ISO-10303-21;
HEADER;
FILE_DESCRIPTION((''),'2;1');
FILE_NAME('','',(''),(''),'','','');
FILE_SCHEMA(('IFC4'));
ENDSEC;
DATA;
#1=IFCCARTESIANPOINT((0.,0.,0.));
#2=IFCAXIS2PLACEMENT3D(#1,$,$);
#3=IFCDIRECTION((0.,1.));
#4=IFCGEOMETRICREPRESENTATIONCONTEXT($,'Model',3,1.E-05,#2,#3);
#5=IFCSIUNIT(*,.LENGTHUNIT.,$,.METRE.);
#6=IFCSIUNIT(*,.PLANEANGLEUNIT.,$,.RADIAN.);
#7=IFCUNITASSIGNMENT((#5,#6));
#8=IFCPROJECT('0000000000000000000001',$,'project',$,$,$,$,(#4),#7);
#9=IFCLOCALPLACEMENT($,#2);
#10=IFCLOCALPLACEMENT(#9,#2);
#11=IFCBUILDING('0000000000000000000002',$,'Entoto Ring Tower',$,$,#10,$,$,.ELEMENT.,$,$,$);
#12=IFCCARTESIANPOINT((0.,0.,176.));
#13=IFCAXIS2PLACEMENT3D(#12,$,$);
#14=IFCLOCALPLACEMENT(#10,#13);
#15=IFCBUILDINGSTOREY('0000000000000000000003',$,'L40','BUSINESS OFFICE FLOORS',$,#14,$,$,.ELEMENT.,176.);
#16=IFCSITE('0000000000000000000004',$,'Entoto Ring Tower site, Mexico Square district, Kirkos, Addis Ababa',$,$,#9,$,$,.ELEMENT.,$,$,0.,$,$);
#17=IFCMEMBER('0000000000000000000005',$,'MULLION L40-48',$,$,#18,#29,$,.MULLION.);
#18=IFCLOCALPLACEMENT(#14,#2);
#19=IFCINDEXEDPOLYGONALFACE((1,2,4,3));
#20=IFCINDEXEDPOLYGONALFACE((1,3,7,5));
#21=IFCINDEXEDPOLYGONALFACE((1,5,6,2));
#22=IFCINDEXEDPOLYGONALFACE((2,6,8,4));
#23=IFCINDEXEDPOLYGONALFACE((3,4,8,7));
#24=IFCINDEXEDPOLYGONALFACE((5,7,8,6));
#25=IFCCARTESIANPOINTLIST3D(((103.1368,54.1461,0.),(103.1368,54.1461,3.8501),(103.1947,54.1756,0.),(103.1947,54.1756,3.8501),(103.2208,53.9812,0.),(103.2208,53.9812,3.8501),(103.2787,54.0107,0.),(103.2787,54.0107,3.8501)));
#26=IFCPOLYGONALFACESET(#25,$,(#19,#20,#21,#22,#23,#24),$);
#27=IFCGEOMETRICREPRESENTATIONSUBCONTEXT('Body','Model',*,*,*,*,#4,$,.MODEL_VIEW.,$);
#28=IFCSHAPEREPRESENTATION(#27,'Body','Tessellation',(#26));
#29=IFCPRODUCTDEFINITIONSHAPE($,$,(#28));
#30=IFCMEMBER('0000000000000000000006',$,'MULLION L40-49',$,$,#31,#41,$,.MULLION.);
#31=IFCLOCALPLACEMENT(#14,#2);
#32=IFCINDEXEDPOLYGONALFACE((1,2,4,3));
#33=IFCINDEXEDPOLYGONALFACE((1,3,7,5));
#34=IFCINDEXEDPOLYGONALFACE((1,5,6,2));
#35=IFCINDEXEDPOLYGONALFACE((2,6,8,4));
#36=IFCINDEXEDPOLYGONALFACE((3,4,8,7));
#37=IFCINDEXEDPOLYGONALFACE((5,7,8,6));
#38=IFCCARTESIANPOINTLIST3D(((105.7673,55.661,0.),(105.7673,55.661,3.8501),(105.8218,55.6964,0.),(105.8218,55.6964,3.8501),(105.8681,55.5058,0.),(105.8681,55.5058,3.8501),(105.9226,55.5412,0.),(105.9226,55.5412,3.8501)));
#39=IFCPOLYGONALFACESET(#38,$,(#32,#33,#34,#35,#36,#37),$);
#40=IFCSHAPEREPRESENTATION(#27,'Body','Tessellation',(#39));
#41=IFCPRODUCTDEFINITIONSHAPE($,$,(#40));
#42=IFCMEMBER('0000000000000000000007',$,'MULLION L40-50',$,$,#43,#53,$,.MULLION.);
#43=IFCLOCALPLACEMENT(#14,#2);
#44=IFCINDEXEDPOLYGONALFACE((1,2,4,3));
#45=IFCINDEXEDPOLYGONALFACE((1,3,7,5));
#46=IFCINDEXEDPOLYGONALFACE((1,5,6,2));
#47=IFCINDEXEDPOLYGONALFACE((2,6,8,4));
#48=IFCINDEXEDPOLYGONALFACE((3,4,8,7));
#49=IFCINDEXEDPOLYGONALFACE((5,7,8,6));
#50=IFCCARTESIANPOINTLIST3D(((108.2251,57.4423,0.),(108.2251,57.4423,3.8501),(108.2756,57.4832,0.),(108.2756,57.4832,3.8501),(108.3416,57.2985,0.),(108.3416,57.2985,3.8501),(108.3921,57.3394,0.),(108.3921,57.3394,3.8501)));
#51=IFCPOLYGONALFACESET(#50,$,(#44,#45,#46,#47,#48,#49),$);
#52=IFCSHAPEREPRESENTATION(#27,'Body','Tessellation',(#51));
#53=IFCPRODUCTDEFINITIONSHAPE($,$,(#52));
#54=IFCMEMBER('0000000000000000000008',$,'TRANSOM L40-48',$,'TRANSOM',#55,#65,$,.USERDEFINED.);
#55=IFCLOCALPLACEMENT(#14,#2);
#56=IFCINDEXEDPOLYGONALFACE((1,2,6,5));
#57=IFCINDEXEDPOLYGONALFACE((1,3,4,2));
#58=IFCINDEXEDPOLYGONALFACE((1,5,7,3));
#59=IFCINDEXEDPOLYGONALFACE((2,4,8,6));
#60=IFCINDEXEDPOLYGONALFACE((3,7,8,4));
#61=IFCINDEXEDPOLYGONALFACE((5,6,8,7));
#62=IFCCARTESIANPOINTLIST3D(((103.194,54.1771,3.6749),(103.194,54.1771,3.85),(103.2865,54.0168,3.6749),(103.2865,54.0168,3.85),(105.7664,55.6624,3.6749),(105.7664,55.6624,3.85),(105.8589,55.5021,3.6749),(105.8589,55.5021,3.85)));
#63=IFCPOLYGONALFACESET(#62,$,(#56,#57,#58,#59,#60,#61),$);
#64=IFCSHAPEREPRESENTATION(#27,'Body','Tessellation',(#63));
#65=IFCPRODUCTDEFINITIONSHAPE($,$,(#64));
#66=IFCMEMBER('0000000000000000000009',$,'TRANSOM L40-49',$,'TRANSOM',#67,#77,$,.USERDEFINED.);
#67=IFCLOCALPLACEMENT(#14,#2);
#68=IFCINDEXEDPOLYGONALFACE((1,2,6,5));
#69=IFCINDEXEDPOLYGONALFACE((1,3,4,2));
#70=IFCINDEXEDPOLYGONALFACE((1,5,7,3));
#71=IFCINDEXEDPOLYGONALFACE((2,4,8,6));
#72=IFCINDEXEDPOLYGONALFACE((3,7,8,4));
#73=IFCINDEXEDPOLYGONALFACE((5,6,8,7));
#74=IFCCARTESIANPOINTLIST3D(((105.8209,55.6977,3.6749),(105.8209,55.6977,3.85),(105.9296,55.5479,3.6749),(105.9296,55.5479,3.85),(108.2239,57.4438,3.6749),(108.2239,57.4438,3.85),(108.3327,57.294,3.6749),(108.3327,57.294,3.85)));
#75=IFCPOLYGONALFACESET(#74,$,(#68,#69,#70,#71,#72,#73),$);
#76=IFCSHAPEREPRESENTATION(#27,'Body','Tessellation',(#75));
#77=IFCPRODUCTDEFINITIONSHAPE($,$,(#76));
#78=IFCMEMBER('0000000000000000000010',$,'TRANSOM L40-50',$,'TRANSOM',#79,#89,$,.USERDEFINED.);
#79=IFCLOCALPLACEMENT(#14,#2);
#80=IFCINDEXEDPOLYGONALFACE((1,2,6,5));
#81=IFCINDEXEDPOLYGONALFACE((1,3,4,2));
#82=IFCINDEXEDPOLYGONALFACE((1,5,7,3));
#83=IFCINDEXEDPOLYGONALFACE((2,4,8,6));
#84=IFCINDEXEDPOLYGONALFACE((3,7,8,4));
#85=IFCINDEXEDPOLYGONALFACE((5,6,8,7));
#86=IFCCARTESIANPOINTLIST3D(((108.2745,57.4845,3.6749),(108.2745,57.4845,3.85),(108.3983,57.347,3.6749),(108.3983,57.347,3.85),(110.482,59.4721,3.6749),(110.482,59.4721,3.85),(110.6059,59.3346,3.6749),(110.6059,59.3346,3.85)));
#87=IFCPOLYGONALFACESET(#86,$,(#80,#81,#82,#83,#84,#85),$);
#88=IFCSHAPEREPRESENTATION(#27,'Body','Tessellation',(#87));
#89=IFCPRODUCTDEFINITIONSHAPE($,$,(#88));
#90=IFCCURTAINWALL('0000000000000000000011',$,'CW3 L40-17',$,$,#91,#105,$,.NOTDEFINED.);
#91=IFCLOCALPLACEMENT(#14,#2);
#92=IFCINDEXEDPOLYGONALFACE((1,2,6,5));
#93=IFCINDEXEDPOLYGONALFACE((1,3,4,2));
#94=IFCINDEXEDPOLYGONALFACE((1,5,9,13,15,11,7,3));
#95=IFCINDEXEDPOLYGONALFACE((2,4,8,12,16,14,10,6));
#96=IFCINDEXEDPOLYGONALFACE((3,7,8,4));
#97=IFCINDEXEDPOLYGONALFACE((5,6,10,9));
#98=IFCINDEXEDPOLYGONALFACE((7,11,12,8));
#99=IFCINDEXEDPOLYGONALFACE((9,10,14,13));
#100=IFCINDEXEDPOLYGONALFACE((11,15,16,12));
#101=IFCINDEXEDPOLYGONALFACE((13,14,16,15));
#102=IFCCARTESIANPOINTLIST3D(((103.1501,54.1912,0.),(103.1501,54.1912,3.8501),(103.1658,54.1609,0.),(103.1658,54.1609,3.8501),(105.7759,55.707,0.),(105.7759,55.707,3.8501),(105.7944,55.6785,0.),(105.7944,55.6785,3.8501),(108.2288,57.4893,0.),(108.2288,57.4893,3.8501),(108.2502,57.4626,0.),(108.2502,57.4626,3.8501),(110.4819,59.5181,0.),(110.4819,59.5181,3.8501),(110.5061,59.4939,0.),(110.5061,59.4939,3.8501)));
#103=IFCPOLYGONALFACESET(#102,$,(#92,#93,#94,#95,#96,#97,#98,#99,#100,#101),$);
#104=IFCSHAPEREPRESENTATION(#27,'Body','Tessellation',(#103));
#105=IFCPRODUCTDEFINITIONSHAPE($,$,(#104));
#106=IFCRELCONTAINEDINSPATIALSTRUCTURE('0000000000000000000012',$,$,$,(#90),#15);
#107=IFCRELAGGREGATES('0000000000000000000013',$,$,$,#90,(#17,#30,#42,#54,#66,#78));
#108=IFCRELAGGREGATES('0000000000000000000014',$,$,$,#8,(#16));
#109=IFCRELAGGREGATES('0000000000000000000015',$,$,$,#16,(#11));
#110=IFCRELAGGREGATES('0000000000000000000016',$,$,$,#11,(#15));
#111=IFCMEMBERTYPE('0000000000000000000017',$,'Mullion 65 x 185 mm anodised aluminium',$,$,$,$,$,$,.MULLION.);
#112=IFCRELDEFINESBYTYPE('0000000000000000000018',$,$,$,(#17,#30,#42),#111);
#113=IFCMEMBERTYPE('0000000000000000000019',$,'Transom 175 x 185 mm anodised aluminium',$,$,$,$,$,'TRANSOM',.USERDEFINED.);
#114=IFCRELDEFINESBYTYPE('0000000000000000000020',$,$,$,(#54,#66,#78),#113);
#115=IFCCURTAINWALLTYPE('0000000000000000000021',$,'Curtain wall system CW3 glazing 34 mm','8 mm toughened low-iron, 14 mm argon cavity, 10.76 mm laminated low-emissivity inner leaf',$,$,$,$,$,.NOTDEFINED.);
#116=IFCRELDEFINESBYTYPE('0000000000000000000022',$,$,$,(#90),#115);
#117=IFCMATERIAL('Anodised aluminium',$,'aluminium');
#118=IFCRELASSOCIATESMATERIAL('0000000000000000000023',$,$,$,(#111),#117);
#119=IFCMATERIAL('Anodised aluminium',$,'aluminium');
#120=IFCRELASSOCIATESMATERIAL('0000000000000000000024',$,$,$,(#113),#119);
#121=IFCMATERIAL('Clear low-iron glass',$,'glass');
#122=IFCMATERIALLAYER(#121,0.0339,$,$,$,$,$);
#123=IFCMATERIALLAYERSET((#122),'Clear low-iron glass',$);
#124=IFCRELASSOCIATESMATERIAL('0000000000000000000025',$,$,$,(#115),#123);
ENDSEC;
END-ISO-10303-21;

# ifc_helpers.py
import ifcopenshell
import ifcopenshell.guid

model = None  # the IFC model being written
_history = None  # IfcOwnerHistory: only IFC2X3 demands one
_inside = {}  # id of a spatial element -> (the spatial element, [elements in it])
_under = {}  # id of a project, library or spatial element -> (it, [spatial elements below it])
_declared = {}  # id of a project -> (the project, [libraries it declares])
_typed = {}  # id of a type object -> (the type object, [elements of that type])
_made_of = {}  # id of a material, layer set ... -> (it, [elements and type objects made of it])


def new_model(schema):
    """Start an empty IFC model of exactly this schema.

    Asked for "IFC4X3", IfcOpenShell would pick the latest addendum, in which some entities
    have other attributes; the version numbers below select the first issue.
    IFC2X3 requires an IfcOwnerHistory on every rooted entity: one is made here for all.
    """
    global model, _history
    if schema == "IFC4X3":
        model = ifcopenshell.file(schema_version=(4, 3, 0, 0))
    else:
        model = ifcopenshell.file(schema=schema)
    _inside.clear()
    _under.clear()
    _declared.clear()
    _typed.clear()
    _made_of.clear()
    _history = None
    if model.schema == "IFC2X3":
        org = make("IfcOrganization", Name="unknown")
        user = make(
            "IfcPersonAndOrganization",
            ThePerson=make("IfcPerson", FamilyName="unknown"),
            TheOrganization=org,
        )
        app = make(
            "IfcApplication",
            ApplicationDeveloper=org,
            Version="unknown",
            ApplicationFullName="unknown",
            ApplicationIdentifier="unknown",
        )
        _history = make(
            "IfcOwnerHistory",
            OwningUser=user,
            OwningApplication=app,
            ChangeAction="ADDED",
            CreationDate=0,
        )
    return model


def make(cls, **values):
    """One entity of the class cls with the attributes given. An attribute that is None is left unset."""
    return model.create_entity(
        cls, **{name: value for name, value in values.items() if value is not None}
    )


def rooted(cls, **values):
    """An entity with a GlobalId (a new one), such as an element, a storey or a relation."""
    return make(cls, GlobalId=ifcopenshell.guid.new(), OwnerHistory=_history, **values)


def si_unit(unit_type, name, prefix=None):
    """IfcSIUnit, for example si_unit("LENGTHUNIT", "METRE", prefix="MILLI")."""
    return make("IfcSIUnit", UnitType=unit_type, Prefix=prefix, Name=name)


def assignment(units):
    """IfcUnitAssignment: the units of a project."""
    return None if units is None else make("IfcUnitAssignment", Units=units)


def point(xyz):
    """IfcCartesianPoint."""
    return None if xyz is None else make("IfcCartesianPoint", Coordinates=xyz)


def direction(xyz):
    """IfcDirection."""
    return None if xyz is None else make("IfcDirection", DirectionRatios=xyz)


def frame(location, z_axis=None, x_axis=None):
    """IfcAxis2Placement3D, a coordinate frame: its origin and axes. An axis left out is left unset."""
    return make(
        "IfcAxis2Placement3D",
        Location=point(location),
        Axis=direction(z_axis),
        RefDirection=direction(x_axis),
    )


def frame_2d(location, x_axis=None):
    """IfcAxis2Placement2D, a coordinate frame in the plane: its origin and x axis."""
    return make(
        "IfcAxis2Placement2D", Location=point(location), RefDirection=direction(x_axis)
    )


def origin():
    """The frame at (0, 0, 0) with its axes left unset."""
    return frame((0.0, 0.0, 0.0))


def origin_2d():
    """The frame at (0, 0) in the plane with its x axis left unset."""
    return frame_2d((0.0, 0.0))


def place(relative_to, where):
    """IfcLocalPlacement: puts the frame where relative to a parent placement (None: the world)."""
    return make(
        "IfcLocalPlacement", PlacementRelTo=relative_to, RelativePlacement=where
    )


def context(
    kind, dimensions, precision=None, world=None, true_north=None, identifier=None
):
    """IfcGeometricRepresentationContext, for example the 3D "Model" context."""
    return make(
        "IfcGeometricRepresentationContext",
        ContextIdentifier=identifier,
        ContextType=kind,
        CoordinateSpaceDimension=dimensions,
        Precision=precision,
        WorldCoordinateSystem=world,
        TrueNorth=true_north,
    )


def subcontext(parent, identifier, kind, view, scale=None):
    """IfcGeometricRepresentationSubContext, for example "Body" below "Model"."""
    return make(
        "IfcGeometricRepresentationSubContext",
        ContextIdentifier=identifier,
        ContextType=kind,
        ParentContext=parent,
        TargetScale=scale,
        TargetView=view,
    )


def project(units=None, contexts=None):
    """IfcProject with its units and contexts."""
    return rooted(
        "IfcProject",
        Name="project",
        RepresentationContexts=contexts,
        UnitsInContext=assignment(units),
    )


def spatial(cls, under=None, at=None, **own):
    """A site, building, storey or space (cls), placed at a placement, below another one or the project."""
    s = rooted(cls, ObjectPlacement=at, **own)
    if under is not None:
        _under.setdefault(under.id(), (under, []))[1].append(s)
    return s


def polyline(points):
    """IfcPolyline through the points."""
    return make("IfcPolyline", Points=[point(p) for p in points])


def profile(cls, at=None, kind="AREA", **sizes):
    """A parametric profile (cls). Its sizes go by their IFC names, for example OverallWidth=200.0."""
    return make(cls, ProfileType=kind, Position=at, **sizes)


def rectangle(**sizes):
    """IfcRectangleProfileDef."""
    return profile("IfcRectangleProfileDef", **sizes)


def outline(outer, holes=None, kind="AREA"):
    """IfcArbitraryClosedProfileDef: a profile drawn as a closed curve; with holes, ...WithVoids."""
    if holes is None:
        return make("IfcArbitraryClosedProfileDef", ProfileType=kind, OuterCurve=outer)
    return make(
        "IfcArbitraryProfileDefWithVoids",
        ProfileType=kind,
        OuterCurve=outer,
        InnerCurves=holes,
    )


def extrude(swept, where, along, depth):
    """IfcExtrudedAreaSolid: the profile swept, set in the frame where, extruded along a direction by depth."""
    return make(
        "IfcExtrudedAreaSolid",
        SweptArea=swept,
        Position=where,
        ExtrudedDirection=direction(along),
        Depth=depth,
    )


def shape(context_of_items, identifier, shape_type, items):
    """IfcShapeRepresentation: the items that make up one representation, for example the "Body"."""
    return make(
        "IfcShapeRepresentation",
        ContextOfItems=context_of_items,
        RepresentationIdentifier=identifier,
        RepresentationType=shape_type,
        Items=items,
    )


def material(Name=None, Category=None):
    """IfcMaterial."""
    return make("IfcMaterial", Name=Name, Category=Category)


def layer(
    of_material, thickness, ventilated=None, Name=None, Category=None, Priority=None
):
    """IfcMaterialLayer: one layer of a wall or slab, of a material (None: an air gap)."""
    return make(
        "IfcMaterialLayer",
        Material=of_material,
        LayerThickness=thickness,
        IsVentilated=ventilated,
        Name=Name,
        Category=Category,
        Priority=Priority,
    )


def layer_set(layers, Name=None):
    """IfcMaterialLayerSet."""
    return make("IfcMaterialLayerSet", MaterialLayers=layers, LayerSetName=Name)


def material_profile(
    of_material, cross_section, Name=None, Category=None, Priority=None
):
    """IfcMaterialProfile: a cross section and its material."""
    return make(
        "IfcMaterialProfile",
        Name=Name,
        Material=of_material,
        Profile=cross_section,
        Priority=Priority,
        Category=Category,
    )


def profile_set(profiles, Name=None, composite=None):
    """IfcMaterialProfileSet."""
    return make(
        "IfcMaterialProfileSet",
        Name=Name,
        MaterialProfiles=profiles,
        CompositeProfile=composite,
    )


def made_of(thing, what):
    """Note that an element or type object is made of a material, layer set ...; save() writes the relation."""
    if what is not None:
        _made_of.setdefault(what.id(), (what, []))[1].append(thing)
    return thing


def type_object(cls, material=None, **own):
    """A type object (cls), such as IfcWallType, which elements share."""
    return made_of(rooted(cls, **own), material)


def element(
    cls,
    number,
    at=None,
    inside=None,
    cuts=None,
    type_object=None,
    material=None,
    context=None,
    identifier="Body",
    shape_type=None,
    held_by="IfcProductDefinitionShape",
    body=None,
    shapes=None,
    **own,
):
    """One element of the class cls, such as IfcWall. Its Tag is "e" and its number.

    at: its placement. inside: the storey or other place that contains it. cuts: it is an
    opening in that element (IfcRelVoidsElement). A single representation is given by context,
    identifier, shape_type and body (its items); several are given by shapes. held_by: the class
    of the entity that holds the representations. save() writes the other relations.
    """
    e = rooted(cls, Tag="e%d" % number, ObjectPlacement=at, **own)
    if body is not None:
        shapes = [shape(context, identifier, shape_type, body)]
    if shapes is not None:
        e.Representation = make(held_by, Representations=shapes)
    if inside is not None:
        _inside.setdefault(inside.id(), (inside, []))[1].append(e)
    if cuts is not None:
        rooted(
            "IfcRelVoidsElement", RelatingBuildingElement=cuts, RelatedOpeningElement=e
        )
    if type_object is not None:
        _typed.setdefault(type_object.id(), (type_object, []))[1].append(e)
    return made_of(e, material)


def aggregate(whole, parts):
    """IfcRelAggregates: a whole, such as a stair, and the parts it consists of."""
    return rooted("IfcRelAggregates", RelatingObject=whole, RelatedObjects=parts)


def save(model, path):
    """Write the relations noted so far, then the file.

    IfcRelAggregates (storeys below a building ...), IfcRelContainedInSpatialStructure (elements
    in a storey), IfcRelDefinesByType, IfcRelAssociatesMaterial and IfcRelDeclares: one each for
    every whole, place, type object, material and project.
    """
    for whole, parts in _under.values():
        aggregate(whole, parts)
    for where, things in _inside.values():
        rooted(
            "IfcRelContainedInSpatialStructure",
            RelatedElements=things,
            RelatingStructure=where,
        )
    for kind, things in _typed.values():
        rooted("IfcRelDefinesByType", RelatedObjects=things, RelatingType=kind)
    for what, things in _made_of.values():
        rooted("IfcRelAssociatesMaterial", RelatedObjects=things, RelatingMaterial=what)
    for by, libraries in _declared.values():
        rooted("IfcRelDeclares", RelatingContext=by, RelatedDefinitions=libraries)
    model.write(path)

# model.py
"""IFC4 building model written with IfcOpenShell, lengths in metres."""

from ifc_helpers import new_model, si_unit, direction, frame, origin, origin_2d, place, context, subcontext, project, spatial, polyline, rectangle, outline, extrude, material, layer, layer_set, material_profile, profile_set, type_object, element, aggregate, save


model = new_model("IFC4")

# Units and contexts
model_context = context("Model", 3, precision=1e-05, world=origin(), true_north=direction((0.0, 1.0)))
body_context = subcontext(model_context, "Body", "Model", "MODEL_VIEW")
ifc_project = project(units=[si_unit("LENGTHUNIT", "METRE"), si_unit("PLANEANGLEUNIT", "RADIAN")], contexts=[model_context])

# Members
ifc_material_1 = material(Name="Anodised aluminium", Category="aluminium")
ifc_material_profile_1 = material_profile(ifc_material_1, rectangle(XDim=0.0649, YDim=0.1851, at=origin_2d()), Name="Mullion 65 x 185 mm anodised aluminium")
ifc_profile_set_1 = profile_set([ifc_material_profile_1], Name="Anodised aluminium")
member_type_1 = type_object("IfcMemberType", Name="Mullion 65 x 185 mm anodised aluminium", PredefinedType="MULLION", material=ifc_profile_set_1)
site_placement = place(None, origin())
building_placement = place(site_placement, origin())
storey_placement = place(building_placement, frame((0.0, 0.0, 176.0)))
member_1_placement = place(storey_placement, frame((103.2078, 54.0784, 0.0), z_axis=(0.0, 0.0, 1.0), x_axis=(0.891007, 0.45399, 0.0)))
member_1 = element("IfcMember", 1, at=member_1_placement, type_object=member_type_1, Name="MULLION L40-48", PredefinedType="MULLION", context=body_context, shape_type="SweptSolid", body=[
    extrude(rectangle(XDim=0.0649, YDim=0.1851, at=origin_2d()), origin(), (0.0, 0.0, 1.0), 3.8501),
])
member_2_placement = place(storey_placement, frame((105.845, 55.6011, 0.0), z_axis=(0.0, 0.0, 1.0), x_axis=(0.838671, 0.544639, 0.0)))
member_2 = element("IfcMember", 2, at=member_2_placement, type_object=member_type_1, Name="MULLION L40-49", PredefinedType="MULLION", context=body_context, shape_type="SweptSolid", body=[
    extrude(rectangle(XDim=0.0649, YDim=0.1851, at=origin_2d()), origin(), (0.0, 0.0, 1.0), 3.8501),
])
member_3_placement = place(storey_placement, frame((108.3086, 57.3909, 0.0), z_axis=(0.0, 0.0, 1.0), x_axis=(0.777146, 0.62932, 0.0)))
member_3 = element("IfcMember", 3, at=member_3_placement, type_object=member_type_1, Name="MULLION L40-50", PredefinedType="MULLION", context=body_context, shape_type="SweptSolid", body=[
    extrude(rectangle(XDim=0.0649, YDim=0.1851, at=origin_2d()), origin(), (0.0, 0.0, 1.0), 3.8501),
])
ifc_material_2 = material(Name="Anodised aluminium", Category="aluminium")
ifc_material_profile_2 = material_profile(ifc_material_2, rectangle(XDim=0.1851, YDim=0.175, at=origin_2d()), Name="Transom 175 x 185 mm anodised aluminium")
ifc_profile_set_2 = profile_set([ifc_material_profile_2], Name="Anodised aluminium")
member_type_2 = type_object("IfcMemberType", Name="Transom 175 x 185 mm anodised aluminium", ElementType="TRANSOM", PredefinedType="USERDEFINED", material=ifc_profile_set_2)
member_4_placement = place(storey_placement, frame((103.2402, 54.0969, 3.7625), z_axis=(0.866009, 0.500028, 0.0), x_axis=(-0.500028, 0.866009, 0.0)))
member_4 = element("IfcMember", 4, at=member_4_placement, type_object=member_type_2, Name="TRANSOM L40-48", ObjectType="TRANSOM", PredefinedType="USERDEFINED", context=body_context, shape_type="SweptSolid", body=[
    extrude(rectangle(XDim=0.1851, YDim=0.175, at=origin_2d()), origin(), (0.0, 0.0, 1.0), 2.9705),
])
member_5_placement = place(storey_placement, frame((105.8752, 55.6228, 3.7625), z_axis=(0.808992, 0.58782, 0.0), x_axis=(-0.58782, 0.808992, 0.0)))
member_5 = element("IfcMember", 5, at=member_5_placement, type_object=member_type_2, Name="TRANSOM L40-49", ObjectType="TRANSOM", PredefinedType="USERDEFINED", context=body_context, shape_type="SweptSolid", body=[
    extrude(rectangle(XDim=0.1851, YDim=0.175, at=origin_2d()), origin(), (0.0, 0.0, 1.0), 2.9705),
])
member_6_placement = place(storey_placement, frame((108.3364, 57.4158, 3.7625), z_axis=(0.743163, 0.66911, 0.0), x_axis=(-0.66911, 0.743163, 0.0)))
member_6 = element("IfcMember", 6, at=member_6_placement, type_object=member_type_2, Name="TRANSOM L40-50", ObjectType="TRANSOM", PredefinedType="USERDEFINED", context=body_context, shape_type="SweptSolid", body=[
    extrude(rectangle(XDim=0.1851, YDim=0.175, at=origin_2d()), origin(), (0.0, 0.0, 1.0), 2.9705),
])

# Site, building, storey
site = spatial("IfcSite", under=ifc_project, at=site_placement, Name="Entoto Ring Tower site, Mexico Square district, Kirkos, Addis Ababa", CompositionType="ELEMENT", RefElevation=0.0)
building = spatial("IfcBuilding", under=site, at=building_placement, Name="Entoto Ring Tower", CompositionType="ELEMENT")
storey = spatial("IfcBuildingStorey", under=building, at=storey_placement, Name="L40", Description="BUSINESS OFFICE FLOORS", CompositionType="ELEMENT", Elevation=176.0)

# Curtain wall
ifc_material_3 = material(Name="Clear low-iron glass", Category="glass")
ifc_layer = layer(ifc_material_3, 0.0339)
ifc_layer_set = layer_set([ifc_layer], Name="Clear low-iron glass")
curtain_wall_type = type_object("IfcCurtainWallType", Name="Curtain wall system CW3 glazing 34 mm", Description="8 mm toughened low-iron, 14 mm argon cavity, 10.76 mm laminated low-emissivity inner leaf", PredefinedType="NOTDEFINED", material=ifc_layer_set)
curtain_wall_1_placement = place(storey_placement, origin())
curtain_wall_1 = element("IfcCurtainWall", 7, at=curtain_wall_1_placement, inside=storey, type_object=curtain_wall_type, Name="CW3 L40-17", PredefinedType="NOTDEFINED", context=body_context, shape_type="SweptSolid", body=[
    extrude(outline(polyline([(103.1658, 54.1609), (105.7944, 55.6785), (108.2502, 57.4626), (110.5061, 59.4939), (110.4819, 59.5181), (108.2288, 57.4893), (105.7759, 55.707), (103.1501, 54.1912), (103.1658, 54.1609)])), origin(), (0.0, 0.0, 1.0), 3.8501),
])
aggregate(curtain_wall_1, [member_1, member_2, member_3, member_4, member_5, member_6])

save(model, "model.ifc")
